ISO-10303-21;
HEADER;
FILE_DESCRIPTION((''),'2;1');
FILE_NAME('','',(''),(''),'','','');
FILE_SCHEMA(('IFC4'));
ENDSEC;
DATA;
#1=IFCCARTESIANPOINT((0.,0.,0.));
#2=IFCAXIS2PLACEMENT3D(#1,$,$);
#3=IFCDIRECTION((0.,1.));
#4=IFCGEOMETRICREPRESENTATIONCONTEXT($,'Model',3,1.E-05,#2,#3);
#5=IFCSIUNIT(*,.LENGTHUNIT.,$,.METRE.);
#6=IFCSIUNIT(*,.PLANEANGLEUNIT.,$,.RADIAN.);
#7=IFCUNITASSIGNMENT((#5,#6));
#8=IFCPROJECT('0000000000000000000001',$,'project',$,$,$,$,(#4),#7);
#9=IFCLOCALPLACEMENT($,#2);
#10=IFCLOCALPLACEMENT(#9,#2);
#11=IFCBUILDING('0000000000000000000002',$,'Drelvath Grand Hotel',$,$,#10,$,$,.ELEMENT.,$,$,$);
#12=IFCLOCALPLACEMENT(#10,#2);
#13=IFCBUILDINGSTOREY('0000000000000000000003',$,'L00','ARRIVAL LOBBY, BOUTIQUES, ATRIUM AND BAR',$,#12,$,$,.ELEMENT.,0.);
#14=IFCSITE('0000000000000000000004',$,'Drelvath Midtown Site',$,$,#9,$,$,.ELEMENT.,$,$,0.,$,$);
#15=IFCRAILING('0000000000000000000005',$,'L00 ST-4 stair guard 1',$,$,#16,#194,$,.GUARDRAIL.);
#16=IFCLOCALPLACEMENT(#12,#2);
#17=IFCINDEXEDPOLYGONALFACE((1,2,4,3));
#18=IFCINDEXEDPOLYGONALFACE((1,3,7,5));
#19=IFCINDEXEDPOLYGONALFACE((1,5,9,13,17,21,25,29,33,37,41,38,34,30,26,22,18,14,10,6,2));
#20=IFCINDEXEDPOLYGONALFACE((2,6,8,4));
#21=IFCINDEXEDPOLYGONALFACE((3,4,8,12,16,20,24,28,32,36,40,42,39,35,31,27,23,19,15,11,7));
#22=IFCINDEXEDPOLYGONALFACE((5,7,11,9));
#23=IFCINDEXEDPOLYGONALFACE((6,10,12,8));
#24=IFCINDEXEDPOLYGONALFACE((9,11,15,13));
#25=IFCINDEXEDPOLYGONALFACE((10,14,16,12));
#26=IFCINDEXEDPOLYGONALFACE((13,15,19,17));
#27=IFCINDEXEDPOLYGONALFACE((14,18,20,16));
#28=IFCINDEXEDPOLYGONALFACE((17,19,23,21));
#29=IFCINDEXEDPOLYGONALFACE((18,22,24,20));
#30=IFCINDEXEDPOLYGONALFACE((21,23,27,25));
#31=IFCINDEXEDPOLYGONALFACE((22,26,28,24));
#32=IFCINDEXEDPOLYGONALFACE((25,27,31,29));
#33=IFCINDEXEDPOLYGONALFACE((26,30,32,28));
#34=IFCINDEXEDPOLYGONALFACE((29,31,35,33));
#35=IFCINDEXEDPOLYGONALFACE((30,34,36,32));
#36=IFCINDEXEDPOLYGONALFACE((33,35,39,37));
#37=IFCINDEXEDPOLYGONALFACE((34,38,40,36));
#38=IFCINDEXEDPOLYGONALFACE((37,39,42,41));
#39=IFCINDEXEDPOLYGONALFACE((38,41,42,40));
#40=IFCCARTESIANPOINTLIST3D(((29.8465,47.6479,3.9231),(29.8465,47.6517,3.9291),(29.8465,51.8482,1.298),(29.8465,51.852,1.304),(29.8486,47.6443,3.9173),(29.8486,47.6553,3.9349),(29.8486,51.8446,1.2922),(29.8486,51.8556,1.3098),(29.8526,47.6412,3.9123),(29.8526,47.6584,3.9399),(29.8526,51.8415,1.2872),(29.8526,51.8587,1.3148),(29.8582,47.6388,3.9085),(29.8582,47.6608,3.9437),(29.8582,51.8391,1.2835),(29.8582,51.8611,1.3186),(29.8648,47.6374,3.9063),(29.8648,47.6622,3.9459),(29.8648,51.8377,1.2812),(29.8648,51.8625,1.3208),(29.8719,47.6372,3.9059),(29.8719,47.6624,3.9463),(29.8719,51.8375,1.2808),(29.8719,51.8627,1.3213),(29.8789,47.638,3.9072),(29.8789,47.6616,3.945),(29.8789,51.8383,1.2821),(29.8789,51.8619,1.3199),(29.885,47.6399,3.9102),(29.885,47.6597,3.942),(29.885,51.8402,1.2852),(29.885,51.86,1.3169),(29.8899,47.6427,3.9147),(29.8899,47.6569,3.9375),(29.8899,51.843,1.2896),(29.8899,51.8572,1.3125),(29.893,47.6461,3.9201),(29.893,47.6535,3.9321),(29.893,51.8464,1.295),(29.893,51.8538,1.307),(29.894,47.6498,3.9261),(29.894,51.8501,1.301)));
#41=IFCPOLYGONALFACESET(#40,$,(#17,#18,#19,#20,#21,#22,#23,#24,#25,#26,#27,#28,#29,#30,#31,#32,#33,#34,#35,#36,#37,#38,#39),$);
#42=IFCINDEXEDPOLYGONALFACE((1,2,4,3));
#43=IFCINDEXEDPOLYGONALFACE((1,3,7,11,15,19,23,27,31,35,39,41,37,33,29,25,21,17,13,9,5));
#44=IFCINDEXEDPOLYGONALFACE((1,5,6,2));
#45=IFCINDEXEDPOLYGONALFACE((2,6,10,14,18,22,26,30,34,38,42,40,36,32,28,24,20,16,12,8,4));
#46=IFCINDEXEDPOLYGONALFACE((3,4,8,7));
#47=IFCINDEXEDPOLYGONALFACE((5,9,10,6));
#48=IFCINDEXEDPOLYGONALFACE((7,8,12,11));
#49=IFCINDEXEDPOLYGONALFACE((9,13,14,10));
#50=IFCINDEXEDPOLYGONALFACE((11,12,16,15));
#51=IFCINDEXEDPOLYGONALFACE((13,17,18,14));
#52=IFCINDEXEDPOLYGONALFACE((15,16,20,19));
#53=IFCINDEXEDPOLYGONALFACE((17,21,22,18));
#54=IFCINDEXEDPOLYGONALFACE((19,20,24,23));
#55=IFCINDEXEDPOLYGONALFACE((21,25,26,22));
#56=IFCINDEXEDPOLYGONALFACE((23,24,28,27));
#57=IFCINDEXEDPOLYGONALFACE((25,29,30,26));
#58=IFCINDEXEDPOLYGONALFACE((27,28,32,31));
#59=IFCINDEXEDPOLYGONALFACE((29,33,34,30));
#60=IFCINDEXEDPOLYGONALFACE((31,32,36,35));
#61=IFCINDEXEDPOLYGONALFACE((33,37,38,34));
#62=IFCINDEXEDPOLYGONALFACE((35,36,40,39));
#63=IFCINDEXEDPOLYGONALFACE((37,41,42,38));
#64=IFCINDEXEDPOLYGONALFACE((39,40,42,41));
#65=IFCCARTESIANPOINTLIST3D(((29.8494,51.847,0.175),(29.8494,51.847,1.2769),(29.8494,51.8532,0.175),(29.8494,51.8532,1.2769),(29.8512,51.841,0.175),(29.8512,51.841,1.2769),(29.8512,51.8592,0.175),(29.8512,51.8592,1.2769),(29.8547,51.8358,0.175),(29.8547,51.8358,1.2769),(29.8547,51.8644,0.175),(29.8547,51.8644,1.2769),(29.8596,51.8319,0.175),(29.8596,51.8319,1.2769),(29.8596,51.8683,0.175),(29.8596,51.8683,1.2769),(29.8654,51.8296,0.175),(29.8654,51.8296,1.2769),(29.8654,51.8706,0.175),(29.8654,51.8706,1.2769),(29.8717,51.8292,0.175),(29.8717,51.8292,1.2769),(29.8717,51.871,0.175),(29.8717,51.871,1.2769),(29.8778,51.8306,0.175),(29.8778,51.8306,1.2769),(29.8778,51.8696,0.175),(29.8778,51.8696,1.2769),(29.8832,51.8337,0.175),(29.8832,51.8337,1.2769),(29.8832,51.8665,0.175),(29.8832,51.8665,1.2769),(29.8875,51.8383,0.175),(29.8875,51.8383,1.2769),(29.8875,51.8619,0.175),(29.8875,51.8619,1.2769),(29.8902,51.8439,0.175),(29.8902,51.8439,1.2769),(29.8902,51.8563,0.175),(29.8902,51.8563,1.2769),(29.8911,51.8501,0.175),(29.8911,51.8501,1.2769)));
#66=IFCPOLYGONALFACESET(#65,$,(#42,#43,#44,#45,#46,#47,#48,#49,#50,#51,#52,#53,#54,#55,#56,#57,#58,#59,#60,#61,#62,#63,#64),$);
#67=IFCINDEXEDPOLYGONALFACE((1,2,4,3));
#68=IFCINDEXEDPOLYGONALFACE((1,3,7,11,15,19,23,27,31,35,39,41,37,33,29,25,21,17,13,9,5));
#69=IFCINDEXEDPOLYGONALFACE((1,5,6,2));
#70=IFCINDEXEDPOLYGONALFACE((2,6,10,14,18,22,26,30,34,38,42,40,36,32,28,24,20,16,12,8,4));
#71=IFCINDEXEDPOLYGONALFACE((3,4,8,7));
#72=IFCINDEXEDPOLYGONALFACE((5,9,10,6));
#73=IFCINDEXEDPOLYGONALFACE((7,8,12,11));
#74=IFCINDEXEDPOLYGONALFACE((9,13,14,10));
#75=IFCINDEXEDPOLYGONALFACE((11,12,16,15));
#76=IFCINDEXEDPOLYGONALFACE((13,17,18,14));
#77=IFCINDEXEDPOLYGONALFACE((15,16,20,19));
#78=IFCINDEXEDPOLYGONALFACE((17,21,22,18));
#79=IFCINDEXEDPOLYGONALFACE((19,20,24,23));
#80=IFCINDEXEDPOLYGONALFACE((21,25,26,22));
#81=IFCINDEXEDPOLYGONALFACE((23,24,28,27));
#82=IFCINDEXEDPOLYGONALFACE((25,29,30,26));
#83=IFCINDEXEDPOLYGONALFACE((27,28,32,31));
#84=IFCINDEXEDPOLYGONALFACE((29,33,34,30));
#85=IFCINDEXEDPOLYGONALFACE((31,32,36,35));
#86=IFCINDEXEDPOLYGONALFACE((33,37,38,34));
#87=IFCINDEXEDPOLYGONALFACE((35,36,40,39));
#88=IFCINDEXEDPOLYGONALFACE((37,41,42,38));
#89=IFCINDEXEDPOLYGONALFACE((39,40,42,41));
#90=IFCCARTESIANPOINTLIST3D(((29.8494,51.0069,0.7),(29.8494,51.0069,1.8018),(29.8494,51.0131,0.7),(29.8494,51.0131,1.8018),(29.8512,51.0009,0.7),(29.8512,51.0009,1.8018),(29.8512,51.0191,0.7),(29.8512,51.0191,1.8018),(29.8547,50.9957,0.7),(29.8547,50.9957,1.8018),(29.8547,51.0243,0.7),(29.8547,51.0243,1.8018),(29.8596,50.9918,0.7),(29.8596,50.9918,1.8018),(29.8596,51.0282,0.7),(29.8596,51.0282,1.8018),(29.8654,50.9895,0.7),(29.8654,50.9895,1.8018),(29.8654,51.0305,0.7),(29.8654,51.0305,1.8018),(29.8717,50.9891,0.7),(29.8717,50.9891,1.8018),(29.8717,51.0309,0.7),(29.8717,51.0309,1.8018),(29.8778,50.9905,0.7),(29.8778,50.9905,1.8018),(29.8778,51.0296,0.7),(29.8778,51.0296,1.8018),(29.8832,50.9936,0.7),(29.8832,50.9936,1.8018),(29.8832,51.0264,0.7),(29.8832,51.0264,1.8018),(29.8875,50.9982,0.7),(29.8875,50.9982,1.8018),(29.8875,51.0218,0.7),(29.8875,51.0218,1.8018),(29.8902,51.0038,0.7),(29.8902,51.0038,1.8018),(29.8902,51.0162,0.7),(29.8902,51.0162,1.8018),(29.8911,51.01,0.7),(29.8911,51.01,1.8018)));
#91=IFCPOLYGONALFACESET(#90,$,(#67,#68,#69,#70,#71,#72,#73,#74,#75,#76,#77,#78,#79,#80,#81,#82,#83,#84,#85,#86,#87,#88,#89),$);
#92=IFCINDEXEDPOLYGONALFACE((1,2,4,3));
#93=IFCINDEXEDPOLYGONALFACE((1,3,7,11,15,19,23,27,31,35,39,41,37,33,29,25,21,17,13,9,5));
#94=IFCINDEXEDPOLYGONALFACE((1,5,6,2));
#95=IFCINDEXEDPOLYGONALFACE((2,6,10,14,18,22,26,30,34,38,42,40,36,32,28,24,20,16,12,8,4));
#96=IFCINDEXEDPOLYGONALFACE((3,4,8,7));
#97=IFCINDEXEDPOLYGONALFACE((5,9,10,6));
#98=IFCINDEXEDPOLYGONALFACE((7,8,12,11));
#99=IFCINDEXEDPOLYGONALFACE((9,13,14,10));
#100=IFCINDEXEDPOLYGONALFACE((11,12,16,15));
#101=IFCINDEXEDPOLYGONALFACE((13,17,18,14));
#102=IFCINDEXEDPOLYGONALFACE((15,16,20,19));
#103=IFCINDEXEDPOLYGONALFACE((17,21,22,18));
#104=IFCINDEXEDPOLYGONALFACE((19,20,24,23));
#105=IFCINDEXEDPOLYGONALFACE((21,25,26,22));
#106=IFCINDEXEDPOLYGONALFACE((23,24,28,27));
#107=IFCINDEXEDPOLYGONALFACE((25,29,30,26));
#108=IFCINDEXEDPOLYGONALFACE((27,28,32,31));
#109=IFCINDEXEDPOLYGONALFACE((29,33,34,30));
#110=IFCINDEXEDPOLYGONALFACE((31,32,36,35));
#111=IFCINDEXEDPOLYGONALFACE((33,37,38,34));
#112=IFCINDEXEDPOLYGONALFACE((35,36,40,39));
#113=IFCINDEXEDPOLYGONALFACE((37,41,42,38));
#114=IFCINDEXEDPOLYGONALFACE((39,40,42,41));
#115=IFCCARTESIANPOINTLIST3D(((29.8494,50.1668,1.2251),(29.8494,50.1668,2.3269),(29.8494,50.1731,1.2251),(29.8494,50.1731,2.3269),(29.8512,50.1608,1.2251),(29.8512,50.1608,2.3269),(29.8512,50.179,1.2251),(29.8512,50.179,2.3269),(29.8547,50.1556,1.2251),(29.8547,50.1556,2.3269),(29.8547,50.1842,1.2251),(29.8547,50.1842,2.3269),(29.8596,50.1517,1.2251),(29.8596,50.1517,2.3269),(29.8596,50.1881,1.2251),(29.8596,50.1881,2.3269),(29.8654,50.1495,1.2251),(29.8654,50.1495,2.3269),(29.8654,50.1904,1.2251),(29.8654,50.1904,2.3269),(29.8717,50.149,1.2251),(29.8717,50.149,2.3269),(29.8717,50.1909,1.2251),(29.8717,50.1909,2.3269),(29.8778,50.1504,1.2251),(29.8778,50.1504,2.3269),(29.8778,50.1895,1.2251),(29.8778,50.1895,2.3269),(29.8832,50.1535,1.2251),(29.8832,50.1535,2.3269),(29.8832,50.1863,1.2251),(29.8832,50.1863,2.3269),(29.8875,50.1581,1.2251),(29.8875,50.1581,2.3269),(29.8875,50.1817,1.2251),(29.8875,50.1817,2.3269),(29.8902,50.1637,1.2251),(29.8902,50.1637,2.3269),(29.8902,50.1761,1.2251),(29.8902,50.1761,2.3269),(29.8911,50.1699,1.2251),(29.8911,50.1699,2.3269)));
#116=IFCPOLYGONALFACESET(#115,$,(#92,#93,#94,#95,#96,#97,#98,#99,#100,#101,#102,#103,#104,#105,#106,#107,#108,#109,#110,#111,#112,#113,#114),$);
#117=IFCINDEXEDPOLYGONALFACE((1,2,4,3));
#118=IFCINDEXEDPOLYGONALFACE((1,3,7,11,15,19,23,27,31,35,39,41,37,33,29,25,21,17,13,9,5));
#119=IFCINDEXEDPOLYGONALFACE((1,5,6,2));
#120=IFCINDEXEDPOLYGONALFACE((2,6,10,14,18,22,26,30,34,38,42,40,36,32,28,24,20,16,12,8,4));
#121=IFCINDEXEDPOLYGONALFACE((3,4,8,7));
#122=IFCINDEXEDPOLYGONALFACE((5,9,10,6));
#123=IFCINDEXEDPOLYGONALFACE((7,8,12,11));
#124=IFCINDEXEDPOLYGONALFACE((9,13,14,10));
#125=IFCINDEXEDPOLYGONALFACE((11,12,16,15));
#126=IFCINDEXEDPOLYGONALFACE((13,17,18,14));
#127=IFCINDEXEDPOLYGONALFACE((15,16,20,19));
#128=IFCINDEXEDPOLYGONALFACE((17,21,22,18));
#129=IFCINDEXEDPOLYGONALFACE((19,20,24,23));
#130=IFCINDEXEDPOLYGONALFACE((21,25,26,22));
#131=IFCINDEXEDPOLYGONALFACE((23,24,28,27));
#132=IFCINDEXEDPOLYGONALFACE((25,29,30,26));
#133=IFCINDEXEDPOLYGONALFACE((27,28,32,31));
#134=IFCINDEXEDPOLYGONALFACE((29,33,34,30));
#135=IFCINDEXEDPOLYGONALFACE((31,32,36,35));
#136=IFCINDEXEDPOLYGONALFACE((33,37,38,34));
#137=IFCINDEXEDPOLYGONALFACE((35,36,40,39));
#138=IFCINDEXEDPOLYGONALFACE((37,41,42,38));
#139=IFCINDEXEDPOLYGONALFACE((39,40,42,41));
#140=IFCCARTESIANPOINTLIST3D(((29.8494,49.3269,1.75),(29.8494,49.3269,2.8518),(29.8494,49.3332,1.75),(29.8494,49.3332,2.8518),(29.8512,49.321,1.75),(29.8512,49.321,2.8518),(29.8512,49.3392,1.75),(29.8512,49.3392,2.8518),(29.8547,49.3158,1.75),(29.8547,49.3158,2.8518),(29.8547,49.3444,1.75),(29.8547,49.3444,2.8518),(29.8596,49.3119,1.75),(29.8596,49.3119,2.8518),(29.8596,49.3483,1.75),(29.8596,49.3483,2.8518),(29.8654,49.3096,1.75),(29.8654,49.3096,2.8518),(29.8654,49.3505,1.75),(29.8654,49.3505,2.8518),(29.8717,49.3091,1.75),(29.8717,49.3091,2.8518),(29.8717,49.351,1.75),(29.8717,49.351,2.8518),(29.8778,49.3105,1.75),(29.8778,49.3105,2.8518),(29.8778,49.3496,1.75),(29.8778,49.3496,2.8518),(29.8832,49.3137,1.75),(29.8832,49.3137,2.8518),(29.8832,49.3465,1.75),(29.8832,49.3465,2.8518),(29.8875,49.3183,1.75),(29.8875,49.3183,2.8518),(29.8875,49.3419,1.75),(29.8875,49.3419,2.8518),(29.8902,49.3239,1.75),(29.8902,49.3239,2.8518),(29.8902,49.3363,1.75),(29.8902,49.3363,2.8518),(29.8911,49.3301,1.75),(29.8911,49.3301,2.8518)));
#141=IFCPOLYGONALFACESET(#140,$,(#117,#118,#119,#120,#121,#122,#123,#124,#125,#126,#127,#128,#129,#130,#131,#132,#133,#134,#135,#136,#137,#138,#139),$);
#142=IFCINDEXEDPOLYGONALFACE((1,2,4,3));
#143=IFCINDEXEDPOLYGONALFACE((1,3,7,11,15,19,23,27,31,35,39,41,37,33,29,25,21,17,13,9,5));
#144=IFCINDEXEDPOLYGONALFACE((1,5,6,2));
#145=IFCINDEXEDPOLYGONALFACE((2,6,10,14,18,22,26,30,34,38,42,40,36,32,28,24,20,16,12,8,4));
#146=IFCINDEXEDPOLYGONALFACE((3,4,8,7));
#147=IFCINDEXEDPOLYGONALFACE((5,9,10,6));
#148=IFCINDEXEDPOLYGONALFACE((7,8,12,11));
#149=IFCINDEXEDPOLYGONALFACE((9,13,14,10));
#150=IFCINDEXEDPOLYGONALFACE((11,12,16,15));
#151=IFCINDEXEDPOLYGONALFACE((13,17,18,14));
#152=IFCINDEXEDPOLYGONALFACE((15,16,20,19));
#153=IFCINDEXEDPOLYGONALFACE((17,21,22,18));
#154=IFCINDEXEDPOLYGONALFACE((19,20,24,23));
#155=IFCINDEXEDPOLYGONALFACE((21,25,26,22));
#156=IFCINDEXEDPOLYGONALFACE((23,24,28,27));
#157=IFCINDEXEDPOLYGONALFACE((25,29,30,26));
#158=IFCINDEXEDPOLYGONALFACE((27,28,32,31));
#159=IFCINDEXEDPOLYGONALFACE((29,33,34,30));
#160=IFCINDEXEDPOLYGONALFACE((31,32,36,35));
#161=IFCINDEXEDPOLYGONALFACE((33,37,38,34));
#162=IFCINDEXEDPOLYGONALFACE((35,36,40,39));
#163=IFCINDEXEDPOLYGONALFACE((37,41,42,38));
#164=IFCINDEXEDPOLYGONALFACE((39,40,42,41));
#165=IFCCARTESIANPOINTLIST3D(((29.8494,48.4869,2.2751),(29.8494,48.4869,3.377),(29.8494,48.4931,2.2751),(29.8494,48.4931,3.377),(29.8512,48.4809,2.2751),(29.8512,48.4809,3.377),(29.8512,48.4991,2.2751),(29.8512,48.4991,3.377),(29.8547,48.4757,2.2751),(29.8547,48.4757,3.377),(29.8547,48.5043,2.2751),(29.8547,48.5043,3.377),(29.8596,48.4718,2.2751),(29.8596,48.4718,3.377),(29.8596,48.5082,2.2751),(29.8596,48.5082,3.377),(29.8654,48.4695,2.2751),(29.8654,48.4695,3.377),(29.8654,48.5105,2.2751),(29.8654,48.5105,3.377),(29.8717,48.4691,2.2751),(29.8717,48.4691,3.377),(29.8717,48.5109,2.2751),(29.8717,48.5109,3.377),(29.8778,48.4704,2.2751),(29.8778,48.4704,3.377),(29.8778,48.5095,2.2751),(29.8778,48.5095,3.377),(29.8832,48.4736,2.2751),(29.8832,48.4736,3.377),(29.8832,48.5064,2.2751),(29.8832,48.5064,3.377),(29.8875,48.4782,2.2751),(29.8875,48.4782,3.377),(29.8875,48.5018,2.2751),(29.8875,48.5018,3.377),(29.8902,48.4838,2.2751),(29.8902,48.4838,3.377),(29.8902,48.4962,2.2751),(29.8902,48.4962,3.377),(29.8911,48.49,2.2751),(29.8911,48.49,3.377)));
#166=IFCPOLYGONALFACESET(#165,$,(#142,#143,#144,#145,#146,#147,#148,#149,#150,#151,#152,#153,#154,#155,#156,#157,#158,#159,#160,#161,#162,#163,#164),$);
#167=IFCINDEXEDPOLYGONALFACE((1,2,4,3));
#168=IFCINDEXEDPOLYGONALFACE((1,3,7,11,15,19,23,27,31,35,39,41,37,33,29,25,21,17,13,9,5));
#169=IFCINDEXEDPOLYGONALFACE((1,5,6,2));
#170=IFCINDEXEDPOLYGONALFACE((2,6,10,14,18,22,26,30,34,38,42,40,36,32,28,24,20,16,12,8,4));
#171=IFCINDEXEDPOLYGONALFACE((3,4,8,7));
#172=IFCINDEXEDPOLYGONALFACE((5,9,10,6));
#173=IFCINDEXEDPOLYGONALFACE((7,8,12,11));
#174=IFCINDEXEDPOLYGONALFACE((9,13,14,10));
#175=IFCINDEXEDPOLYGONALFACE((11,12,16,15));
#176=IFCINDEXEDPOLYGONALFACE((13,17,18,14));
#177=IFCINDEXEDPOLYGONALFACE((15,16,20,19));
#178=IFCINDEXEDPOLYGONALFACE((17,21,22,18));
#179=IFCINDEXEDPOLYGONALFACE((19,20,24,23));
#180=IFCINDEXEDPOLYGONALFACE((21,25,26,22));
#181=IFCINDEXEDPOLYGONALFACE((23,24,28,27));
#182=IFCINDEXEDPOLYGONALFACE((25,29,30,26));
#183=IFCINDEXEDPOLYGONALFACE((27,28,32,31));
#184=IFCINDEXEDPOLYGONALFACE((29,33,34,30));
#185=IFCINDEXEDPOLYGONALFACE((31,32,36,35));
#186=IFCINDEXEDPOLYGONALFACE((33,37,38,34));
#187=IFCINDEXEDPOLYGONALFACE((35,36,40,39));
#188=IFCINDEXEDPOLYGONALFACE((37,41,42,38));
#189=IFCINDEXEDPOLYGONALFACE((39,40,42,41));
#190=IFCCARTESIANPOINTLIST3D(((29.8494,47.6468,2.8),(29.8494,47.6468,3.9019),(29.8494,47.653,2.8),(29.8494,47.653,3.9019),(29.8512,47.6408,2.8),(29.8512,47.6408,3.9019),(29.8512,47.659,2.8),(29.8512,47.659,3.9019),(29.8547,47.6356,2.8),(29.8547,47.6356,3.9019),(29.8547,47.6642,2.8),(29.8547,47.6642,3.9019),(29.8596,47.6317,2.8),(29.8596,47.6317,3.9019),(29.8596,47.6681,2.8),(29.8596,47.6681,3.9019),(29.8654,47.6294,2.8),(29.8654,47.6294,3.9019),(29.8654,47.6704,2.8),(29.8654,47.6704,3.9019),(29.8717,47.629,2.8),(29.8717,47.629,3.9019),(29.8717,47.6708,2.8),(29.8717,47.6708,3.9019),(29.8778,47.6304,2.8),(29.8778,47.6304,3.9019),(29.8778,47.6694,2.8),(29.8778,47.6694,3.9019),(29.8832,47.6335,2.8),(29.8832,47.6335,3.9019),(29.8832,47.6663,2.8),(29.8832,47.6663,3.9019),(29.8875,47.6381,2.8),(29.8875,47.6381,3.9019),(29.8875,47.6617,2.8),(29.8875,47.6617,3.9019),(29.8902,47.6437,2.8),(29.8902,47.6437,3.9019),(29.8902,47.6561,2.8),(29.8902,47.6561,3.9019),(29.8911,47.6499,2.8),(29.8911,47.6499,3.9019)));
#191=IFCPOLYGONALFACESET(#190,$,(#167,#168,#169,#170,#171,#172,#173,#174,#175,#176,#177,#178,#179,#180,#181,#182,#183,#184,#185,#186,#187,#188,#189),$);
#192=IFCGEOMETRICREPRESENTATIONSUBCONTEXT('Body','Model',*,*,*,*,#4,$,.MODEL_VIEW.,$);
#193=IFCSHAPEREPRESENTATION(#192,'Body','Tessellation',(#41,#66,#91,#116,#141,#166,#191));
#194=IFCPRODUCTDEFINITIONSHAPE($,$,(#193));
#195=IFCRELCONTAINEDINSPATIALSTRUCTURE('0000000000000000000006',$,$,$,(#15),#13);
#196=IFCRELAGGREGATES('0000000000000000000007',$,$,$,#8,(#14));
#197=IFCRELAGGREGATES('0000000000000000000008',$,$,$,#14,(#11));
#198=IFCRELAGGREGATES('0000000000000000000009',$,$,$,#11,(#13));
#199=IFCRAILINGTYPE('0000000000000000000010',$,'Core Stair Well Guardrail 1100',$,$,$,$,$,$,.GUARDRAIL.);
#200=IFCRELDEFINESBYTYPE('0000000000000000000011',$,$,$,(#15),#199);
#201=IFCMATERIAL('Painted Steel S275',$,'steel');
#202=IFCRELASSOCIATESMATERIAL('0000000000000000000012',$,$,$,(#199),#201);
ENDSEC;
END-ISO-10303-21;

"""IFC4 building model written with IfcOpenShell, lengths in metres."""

from ifc_helpers import new_model, si_unit, direction, frame, origin, origin_2d, place, context, subcontext, project, spatial, circle, extrude, material, type_object, element, save


model = new_model("IFC4")

# Units and contexts
model_context = context("Model", 3, precision=1e-05, world=origin(), true_north=direction((0.0, 1.0)))
body_context = subcontext(model_context, "Body", "Model", "MODEL_VIEW")
ifc_project = project(units=[si_unit("LENGTHUNIT", "METRE"), si_unit("PLANEANGLEUNIT", "RADIAN")], contexts=[model_context])

# Site, building, storey
site_placement = place(None, origin())
site = spatial("IfcSite", under=ifc_project, at=site_placement, Name="Drelvath Midtown Site", CompositionType="ELEMENT", RefElevation=0.0)
building_placement = place(site_placement, origin())
building = spatial("IfcBuilding", under=site, at=building_placement, Name="Drelvath Grand Hotel", CompositionType="ELEMENT")
storey_placement = place(building_placement, origin())
storey = spatial("IfcBuildingStorey", under=building, at=storey_placement, Name="L00", Description="ARRIVAL LOBBY, BOUTIQUES, ATRIUM AND BAR", CompositionType="ELEMENT", Elevation=0.0)

# Shared definitions
ifc_material_1 = material(Name="Painted Steel S275", Category="steel")

# Railing
railing_type_1 = type_object("IfcRailingType", Name="Core Stair Well Guardrail 1100", PredefinedType="GUARDRAIL", material=ifc_material_1)
railing_1_placement = place(storey_placement, frame((29.8701, 51.8501, 0.175)))
element("IfcRailing", 1, at=railing_1_placement, inside=storey, type_object=railing_type_1, Name="L00 ST-4 stair guard 1", PredefinedType="GUARDRAIL", context=body_context, shape_type="SweptSolid", body=[
    extrude(circle(Radius=0.0239, at=origin_2d()), frame((0.0, 0.0, 1.126), z_axis=(0.0, -0.848009, 0.529981), x_axis=(1.0, 0.0, 0.0)), (0.0, 0.0, 1.0), 4.9531),
    extrude(circle(Radius=0.021, at=origin_2d()), origin(), (0.0, 0.0, 1.0), 1.1018),
    extrude(circle(Radius=0.021, at=origin_2d()), frame((0.0, -0.8401, 0.5249)), (0.0, 0.0, 1.0), 1.1018),
    extrude(circle(Radius=0.021, at=origin_2d()), frame((0.0, -1.6802, 1.05)), (0.0, 0.0, 1.0), 1.1018),
    extrude(circle(Radius=0.021, at=origin_2d()), frame((0.0, -2.52, 1.575)), (0.0, 0.0, 1.0), 1.1018),
    extrude(circle(Radius=0.021, at=origin_2d()), frame((0.0, -3.3601, 2.1001)), (0.0, 0.0, 1.0), 1.1018),
    extrude(circle(Radius=0.021, at=origin_2d()), frame((0.0, -4.2002, 2.625)), (0.0, 0.0, 1.0), 1.1018),
])

save(model, "model.ifc")
